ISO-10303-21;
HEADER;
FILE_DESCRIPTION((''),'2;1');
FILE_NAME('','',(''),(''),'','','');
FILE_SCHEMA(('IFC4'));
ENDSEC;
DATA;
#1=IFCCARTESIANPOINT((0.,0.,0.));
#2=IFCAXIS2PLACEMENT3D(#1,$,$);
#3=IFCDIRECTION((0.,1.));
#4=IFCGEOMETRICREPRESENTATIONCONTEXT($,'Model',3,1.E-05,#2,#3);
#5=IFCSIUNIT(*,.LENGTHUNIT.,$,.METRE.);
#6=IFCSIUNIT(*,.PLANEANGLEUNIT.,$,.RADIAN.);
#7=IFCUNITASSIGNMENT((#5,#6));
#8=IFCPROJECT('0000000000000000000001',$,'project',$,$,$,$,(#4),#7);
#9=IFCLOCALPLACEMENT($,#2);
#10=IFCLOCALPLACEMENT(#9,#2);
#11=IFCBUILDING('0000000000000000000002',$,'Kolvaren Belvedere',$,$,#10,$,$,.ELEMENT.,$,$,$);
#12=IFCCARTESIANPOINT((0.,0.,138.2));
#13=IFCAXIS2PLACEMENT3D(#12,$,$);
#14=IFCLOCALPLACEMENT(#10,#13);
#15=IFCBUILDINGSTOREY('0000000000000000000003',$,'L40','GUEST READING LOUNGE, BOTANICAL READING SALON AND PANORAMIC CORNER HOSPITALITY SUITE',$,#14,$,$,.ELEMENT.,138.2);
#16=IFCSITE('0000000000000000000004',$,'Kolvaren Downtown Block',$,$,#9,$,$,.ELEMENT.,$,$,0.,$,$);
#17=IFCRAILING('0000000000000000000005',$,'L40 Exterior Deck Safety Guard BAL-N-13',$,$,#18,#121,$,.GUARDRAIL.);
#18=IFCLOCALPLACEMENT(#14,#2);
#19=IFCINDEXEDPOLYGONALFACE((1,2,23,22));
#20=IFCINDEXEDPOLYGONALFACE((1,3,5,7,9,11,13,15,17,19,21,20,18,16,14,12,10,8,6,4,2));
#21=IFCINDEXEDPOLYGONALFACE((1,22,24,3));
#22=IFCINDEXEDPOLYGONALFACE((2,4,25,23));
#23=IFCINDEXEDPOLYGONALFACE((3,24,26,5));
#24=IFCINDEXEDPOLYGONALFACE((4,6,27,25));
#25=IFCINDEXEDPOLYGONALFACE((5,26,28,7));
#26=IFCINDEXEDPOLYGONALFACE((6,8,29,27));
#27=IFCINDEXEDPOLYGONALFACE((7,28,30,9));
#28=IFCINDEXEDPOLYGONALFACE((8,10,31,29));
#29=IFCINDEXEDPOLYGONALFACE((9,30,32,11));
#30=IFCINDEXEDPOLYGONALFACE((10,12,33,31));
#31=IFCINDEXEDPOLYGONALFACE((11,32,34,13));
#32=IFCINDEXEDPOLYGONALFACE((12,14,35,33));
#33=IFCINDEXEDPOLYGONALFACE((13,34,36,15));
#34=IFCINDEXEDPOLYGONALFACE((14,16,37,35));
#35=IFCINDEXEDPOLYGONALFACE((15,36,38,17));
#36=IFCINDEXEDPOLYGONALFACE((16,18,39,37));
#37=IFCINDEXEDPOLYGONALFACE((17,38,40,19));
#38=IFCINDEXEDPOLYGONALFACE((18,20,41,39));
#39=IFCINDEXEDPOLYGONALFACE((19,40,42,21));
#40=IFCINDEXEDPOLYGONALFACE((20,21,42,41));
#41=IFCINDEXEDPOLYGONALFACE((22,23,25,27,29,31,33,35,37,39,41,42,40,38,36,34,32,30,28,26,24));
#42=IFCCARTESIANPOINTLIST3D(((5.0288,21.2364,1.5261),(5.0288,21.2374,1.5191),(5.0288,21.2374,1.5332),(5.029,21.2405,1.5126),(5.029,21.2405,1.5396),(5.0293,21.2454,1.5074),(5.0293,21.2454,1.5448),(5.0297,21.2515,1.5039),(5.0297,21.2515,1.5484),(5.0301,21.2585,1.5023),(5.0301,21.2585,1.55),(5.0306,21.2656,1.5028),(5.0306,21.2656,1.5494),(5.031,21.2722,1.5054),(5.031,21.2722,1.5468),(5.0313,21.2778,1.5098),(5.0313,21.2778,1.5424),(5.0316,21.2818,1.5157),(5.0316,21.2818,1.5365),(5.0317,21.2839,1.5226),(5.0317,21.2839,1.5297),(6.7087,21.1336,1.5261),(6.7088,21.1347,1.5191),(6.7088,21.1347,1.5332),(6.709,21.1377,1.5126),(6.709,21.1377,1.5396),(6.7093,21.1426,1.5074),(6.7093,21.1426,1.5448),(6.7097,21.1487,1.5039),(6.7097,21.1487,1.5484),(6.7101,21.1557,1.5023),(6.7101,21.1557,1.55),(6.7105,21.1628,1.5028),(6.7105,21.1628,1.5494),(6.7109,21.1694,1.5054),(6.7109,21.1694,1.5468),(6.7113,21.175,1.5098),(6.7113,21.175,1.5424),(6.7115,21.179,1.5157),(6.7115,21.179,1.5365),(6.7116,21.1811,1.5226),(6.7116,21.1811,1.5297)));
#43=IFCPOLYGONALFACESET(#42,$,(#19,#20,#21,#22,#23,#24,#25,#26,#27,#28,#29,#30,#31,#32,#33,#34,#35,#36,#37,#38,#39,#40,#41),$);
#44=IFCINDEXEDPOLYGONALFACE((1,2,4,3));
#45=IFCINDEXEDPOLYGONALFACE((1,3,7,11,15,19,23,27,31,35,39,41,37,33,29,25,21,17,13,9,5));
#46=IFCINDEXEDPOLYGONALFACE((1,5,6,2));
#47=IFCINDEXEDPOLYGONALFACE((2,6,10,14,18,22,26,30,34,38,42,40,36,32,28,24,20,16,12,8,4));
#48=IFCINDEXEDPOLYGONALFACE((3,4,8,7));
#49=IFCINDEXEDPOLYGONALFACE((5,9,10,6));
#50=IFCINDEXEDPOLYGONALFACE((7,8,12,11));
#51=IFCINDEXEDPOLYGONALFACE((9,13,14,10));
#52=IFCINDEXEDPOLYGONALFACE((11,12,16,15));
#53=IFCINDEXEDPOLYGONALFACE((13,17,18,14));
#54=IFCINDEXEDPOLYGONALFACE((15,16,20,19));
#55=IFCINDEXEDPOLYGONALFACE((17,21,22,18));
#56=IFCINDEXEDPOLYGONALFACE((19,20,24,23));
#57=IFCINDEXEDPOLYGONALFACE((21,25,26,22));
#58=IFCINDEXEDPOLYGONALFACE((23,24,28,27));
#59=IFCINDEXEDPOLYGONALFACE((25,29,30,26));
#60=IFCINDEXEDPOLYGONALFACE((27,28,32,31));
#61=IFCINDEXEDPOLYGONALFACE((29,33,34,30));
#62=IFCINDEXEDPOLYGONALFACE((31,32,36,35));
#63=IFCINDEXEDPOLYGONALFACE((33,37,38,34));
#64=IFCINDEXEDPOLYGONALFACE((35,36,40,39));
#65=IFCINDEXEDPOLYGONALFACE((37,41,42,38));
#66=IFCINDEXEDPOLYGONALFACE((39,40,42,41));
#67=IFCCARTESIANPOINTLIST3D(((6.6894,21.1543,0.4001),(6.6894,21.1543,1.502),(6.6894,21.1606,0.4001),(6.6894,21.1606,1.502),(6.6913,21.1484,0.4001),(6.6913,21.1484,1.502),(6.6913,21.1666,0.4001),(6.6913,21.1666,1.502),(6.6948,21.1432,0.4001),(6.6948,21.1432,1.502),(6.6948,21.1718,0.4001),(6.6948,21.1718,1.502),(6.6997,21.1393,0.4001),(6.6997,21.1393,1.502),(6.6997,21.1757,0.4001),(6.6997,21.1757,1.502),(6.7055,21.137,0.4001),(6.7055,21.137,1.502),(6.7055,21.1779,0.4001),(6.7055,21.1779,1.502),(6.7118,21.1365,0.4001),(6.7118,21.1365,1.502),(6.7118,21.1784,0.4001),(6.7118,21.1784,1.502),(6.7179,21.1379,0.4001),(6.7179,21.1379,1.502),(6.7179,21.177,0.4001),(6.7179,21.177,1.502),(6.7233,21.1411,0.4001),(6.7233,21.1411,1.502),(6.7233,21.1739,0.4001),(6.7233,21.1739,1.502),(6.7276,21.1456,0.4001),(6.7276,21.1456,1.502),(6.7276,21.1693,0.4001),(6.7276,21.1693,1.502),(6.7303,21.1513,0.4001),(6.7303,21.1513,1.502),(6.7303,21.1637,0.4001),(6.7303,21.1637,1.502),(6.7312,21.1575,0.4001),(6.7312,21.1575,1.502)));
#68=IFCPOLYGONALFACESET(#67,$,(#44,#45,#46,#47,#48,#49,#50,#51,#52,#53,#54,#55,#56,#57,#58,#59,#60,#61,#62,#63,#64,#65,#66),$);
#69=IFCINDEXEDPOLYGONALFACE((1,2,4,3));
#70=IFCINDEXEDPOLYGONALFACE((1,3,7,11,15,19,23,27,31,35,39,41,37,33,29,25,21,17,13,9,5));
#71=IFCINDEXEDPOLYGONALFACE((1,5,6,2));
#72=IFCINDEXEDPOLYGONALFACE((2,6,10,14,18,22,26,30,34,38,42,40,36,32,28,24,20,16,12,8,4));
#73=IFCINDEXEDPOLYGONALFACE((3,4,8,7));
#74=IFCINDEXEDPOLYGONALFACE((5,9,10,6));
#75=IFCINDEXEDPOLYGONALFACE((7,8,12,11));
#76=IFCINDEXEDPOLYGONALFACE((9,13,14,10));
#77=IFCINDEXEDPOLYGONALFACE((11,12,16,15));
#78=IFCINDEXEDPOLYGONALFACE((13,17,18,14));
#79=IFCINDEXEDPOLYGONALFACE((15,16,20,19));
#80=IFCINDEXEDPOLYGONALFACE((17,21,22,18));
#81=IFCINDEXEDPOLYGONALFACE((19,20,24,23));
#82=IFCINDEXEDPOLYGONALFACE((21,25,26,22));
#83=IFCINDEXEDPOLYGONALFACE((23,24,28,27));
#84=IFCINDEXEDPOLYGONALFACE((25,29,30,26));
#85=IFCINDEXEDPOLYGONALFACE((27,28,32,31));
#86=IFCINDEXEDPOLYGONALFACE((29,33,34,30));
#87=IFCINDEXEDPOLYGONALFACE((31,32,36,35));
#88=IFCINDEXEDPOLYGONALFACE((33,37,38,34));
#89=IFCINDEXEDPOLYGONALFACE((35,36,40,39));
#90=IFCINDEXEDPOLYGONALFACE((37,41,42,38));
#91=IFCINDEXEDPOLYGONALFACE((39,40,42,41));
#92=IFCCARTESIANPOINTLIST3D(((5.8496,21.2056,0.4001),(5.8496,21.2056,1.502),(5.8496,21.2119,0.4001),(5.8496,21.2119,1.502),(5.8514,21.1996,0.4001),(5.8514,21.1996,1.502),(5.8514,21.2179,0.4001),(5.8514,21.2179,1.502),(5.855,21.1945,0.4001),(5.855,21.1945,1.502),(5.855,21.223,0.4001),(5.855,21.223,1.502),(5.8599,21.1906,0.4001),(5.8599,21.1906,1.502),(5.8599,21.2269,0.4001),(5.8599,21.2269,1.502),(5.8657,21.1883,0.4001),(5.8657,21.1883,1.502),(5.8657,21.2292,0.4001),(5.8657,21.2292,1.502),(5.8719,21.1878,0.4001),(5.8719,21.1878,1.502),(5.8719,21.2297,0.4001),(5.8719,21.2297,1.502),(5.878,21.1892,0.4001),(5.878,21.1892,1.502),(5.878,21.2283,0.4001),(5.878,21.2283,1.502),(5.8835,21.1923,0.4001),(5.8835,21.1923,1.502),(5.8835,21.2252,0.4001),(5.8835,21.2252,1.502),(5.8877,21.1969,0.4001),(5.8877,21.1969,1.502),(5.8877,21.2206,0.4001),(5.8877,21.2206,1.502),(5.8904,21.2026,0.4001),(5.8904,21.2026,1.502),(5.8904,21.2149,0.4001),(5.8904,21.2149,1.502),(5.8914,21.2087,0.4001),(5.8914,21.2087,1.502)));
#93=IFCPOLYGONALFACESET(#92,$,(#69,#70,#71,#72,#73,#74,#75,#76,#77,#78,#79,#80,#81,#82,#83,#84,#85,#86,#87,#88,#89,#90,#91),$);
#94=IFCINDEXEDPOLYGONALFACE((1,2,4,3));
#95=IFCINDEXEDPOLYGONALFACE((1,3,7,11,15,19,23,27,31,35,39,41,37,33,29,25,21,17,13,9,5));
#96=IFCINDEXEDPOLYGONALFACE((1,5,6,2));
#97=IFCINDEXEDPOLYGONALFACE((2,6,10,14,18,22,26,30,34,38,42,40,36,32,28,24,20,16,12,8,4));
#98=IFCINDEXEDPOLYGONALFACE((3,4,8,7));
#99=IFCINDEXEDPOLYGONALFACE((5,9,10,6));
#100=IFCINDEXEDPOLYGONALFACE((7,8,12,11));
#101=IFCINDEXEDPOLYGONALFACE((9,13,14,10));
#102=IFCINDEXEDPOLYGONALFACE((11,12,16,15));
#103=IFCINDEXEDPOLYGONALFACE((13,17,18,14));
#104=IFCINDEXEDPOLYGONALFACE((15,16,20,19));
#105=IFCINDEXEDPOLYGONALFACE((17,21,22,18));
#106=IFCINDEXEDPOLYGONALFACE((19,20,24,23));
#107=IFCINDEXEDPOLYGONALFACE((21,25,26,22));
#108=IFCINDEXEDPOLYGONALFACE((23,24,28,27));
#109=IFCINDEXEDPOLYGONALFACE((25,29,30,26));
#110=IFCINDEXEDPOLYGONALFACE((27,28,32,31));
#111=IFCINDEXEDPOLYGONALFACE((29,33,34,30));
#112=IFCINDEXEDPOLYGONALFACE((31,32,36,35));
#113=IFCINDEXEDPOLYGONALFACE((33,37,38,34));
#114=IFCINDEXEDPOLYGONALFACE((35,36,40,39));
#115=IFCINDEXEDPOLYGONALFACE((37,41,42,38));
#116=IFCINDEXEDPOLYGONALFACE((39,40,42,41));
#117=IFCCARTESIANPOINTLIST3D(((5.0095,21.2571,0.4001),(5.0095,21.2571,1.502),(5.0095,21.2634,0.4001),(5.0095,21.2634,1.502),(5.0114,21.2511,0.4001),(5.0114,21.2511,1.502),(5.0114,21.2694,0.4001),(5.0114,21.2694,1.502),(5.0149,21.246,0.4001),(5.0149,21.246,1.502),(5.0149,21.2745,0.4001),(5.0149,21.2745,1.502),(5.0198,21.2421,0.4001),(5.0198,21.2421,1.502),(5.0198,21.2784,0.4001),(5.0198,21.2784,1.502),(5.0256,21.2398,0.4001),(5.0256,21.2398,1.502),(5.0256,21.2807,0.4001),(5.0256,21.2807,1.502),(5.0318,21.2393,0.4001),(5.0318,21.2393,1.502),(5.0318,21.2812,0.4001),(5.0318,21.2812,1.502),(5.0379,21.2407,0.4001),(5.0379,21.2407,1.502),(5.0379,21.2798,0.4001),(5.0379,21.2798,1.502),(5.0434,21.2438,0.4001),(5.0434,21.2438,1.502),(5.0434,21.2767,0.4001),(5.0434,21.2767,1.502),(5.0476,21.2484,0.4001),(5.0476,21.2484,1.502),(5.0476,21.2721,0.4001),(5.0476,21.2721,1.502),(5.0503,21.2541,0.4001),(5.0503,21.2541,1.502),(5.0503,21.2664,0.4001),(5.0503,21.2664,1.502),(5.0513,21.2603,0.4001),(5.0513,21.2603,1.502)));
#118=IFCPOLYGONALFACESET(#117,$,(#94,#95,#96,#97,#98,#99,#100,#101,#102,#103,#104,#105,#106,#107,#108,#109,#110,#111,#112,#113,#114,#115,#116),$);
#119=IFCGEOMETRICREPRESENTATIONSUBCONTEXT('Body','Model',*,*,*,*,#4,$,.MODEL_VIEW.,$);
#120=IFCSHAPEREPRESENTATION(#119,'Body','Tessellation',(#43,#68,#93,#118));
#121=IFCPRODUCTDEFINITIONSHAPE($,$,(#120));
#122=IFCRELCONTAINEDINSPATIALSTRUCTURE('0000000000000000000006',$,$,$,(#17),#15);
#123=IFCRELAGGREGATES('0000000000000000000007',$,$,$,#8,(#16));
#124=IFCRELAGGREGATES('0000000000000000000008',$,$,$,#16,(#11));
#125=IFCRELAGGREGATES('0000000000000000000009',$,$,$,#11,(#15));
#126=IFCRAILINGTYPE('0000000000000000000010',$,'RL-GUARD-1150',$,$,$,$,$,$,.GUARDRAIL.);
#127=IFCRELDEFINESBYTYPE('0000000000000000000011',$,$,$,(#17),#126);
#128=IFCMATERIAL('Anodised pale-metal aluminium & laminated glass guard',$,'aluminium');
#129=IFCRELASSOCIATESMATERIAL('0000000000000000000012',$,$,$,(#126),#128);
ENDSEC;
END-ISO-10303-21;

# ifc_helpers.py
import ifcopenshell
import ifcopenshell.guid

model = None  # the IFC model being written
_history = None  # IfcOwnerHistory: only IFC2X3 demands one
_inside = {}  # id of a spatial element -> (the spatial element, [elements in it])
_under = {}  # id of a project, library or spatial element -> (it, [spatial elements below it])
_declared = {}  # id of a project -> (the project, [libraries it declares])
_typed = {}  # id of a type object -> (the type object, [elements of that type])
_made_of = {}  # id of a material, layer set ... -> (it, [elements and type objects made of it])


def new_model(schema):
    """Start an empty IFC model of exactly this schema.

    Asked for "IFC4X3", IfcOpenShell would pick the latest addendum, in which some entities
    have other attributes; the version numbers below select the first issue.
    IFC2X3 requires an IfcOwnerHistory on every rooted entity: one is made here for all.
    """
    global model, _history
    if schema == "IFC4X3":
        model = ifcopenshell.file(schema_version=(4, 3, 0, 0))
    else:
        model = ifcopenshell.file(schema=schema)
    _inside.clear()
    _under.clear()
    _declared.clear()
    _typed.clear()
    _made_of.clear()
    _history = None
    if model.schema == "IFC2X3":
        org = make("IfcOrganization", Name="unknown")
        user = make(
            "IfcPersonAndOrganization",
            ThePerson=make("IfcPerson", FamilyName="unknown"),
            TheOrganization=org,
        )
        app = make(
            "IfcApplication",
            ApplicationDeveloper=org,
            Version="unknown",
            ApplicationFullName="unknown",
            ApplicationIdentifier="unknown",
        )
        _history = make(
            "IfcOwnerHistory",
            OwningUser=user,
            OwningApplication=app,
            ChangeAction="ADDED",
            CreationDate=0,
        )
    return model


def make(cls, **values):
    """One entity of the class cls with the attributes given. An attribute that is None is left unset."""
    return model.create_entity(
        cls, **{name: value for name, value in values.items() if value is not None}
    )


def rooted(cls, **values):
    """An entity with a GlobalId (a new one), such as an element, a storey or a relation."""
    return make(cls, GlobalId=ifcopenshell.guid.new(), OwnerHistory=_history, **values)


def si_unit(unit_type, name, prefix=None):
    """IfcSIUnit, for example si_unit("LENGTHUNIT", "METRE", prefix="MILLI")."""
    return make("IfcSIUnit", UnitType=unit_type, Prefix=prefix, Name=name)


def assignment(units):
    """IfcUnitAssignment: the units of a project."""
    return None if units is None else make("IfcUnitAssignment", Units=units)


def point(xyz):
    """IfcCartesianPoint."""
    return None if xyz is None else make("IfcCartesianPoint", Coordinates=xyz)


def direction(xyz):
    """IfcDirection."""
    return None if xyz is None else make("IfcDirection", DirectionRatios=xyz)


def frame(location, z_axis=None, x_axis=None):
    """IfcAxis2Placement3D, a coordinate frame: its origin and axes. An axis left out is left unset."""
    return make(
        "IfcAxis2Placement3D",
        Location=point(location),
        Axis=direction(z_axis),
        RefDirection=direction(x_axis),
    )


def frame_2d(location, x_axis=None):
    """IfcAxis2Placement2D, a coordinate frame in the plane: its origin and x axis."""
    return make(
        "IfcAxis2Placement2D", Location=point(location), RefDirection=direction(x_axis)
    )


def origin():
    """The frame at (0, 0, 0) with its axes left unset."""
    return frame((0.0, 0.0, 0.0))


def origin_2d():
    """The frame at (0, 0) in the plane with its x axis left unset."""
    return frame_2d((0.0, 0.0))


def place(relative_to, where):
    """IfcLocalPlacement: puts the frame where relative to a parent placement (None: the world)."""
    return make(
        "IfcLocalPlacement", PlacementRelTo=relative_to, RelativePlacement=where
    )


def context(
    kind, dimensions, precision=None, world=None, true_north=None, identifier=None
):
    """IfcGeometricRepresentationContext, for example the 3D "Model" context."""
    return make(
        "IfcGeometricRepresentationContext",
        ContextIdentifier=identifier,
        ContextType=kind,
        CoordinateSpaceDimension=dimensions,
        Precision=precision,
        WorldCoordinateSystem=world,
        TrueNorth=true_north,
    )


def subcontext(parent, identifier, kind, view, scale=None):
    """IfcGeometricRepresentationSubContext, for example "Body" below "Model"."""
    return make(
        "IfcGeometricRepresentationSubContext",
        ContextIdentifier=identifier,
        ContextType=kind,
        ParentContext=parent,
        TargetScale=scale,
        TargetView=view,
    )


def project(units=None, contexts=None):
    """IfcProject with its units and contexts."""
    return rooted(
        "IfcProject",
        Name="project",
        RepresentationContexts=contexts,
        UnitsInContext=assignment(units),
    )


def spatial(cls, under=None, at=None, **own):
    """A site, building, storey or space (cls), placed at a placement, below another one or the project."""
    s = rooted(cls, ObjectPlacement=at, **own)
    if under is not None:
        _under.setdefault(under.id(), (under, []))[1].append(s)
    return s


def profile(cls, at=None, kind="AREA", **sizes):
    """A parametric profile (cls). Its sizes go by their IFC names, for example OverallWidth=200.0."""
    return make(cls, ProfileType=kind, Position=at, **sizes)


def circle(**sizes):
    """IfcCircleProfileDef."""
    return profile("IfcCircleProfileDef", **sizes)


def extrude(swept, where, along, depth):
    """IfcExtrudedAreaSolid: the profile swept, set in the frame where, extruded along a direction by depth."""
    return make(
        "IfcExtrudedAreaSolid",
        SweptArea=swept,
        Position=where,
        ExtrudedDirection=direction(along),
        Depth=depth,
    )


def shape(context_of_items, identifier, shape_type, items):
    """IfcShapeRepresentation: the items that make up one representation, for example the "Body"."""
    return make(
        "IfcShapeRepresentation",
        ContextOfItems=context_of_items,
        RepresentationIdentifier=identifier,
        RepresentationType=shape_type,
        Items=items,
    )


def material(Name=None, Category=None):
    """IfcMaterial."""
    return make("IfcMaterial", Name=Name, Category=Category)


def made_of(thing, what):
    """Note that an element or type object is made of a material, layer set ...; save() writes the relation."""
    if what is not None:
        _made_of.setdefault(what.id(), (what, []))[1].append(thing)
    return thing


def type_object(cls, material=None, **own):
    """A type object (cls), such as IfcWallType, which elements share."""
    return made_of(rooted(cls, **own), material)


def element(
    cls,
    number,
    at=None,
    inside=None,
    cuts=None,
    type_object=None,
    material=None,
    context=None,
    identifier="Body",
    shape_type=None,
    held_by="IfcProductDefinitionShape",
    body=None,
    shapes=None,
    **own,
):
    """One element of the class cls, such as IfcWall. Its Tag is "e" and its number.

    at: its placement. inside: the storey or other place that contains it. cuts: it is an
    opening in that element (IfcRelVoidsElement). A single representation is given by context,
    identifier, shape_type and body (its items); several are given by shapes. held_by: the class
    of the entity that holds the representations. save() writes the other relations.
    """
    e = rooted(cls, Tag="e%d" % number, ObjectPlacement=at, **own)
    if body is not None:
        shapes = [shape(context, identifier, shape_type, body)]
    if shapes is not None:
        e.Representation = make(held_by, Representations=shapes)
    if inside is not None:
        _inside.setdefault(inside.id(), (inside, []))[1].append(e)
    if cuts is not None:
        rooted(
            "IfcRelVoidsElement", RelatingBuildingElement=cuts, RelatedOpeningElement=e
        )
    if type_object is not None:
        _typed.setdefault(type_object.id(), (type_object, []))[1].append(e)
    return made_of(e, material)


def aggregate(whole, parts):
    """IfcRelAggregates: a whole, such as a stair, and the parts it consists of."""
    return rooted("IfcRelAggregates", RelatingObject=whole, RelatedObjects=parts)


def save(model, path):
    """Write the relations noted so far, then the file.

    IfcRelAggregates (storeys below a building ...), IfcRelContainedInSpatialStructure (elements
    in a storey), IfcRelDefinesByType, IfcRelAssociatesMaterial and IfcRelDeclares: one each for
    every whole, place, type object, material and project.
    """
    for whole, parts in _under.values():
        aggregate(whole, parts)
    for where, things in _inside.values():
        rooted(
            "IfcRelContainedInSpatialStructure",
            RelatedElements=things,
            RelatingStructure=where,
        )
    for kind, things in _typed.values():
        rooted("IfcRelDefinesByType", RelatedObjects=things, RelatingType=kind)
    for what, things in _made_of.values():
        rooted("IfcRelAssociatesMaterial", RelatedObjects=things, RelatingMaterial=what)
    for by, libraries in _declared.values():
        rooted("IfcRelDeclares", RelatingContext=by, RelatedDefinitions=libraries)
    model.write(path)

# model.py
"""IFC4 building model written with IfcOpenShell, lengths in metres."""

from ifc_helpers import new_model, si_unit, direction, frame, origin, origin_2d, place, context, subcontext, project, spatial, circle, extrude, material, type_object, element, save


model = new_model("IFC4")

# Units and contexts
model_context = context("Model", 3, precision=1e-05, world=origin(), true_north=direction((0.0, 1.0)))
body_context = subcontext(model_context, "Body", "Model", "MODEL_VIEW")
ifc_project = project(units=[si_unit("LENGTHUNIT", "METRE"), si_unit("PLANEANGLEUNIT", "RADIAN")], contexts=[model_context])

# Site, building, storey
site_placement = place(None, origin())
site = spatial("IfcSite", under=ifc_project, at=site_placement, Name="Kolvaren Downtown Block", CompositionType="ELEMENT", RefElevation=0.0)
building_placement = place(site_placement, origin())
building = spatial("IfcBuilding", under=site, at=building_placement, Name="Kolvaren Belvedere", CompositionType="ELEMENT")
storey_placement = place(building_placement, frame((0.0, 0.0, 138.2)))
storey = spatial("IfcBuildingStorey", under=building, at=storey_placement, Name="L40", Description="GUEST READING LOUNGE, BOTANICAL READING SALON AND PANORAMIC CORNER HOSPITALITY SUITE", CompositionType="ELEMENT", Elevation=138.2)

# Railing
ifc_material_1 = material(Name="Anodised pale-metal aluminium & laminated glass guard", Category="aluminium")
railing_type = type_object("IfcRailingType", Name="RL-GUARD-1150", PredefinedType="GUARDRAIL", material=ifc_material_1)
railing_1_placement = place(storey_placement, frame((6.7102, 21.1575, 0.4001)))
element("IfcRailing", 1, at=railing_1_placement, inside=storey, type_object=railing_type, Name="L40 Exterior Deck Safety Guard BAL-N-13", PredefinedType="GUARDRAIL", context=body_context, shape_type="SweptSolid", body=[
    extrude(circle(Radius=0.0239, at=origin_2d()), frame((0.0, 0.0, 1.126), z_axis=(-0.998134, 0.061069, 0.0), x_axis=(-0.061069, -0.998134, 0.0)), (0.0, 0.0, 1.0), 1.6831),
    extrude(circle(Radius=0.021, at=origin_2d()), origin(), (0.0, 0.0, 1.0), 1.1018),
    extrude(circle(Radius=0.021, at=origin_2d()), frame((-0.8398, 0.0513, 0.0)), (0.0, 0.0, 1.0), 1.1018),
    extrude(circle(Radius=0.021, at=origin_2d()), frame((-1.6799, 0.1028, 0.0)), (0.0, 0.0, 1.0), 1.1018),
])

save(model, "model.ifc")
